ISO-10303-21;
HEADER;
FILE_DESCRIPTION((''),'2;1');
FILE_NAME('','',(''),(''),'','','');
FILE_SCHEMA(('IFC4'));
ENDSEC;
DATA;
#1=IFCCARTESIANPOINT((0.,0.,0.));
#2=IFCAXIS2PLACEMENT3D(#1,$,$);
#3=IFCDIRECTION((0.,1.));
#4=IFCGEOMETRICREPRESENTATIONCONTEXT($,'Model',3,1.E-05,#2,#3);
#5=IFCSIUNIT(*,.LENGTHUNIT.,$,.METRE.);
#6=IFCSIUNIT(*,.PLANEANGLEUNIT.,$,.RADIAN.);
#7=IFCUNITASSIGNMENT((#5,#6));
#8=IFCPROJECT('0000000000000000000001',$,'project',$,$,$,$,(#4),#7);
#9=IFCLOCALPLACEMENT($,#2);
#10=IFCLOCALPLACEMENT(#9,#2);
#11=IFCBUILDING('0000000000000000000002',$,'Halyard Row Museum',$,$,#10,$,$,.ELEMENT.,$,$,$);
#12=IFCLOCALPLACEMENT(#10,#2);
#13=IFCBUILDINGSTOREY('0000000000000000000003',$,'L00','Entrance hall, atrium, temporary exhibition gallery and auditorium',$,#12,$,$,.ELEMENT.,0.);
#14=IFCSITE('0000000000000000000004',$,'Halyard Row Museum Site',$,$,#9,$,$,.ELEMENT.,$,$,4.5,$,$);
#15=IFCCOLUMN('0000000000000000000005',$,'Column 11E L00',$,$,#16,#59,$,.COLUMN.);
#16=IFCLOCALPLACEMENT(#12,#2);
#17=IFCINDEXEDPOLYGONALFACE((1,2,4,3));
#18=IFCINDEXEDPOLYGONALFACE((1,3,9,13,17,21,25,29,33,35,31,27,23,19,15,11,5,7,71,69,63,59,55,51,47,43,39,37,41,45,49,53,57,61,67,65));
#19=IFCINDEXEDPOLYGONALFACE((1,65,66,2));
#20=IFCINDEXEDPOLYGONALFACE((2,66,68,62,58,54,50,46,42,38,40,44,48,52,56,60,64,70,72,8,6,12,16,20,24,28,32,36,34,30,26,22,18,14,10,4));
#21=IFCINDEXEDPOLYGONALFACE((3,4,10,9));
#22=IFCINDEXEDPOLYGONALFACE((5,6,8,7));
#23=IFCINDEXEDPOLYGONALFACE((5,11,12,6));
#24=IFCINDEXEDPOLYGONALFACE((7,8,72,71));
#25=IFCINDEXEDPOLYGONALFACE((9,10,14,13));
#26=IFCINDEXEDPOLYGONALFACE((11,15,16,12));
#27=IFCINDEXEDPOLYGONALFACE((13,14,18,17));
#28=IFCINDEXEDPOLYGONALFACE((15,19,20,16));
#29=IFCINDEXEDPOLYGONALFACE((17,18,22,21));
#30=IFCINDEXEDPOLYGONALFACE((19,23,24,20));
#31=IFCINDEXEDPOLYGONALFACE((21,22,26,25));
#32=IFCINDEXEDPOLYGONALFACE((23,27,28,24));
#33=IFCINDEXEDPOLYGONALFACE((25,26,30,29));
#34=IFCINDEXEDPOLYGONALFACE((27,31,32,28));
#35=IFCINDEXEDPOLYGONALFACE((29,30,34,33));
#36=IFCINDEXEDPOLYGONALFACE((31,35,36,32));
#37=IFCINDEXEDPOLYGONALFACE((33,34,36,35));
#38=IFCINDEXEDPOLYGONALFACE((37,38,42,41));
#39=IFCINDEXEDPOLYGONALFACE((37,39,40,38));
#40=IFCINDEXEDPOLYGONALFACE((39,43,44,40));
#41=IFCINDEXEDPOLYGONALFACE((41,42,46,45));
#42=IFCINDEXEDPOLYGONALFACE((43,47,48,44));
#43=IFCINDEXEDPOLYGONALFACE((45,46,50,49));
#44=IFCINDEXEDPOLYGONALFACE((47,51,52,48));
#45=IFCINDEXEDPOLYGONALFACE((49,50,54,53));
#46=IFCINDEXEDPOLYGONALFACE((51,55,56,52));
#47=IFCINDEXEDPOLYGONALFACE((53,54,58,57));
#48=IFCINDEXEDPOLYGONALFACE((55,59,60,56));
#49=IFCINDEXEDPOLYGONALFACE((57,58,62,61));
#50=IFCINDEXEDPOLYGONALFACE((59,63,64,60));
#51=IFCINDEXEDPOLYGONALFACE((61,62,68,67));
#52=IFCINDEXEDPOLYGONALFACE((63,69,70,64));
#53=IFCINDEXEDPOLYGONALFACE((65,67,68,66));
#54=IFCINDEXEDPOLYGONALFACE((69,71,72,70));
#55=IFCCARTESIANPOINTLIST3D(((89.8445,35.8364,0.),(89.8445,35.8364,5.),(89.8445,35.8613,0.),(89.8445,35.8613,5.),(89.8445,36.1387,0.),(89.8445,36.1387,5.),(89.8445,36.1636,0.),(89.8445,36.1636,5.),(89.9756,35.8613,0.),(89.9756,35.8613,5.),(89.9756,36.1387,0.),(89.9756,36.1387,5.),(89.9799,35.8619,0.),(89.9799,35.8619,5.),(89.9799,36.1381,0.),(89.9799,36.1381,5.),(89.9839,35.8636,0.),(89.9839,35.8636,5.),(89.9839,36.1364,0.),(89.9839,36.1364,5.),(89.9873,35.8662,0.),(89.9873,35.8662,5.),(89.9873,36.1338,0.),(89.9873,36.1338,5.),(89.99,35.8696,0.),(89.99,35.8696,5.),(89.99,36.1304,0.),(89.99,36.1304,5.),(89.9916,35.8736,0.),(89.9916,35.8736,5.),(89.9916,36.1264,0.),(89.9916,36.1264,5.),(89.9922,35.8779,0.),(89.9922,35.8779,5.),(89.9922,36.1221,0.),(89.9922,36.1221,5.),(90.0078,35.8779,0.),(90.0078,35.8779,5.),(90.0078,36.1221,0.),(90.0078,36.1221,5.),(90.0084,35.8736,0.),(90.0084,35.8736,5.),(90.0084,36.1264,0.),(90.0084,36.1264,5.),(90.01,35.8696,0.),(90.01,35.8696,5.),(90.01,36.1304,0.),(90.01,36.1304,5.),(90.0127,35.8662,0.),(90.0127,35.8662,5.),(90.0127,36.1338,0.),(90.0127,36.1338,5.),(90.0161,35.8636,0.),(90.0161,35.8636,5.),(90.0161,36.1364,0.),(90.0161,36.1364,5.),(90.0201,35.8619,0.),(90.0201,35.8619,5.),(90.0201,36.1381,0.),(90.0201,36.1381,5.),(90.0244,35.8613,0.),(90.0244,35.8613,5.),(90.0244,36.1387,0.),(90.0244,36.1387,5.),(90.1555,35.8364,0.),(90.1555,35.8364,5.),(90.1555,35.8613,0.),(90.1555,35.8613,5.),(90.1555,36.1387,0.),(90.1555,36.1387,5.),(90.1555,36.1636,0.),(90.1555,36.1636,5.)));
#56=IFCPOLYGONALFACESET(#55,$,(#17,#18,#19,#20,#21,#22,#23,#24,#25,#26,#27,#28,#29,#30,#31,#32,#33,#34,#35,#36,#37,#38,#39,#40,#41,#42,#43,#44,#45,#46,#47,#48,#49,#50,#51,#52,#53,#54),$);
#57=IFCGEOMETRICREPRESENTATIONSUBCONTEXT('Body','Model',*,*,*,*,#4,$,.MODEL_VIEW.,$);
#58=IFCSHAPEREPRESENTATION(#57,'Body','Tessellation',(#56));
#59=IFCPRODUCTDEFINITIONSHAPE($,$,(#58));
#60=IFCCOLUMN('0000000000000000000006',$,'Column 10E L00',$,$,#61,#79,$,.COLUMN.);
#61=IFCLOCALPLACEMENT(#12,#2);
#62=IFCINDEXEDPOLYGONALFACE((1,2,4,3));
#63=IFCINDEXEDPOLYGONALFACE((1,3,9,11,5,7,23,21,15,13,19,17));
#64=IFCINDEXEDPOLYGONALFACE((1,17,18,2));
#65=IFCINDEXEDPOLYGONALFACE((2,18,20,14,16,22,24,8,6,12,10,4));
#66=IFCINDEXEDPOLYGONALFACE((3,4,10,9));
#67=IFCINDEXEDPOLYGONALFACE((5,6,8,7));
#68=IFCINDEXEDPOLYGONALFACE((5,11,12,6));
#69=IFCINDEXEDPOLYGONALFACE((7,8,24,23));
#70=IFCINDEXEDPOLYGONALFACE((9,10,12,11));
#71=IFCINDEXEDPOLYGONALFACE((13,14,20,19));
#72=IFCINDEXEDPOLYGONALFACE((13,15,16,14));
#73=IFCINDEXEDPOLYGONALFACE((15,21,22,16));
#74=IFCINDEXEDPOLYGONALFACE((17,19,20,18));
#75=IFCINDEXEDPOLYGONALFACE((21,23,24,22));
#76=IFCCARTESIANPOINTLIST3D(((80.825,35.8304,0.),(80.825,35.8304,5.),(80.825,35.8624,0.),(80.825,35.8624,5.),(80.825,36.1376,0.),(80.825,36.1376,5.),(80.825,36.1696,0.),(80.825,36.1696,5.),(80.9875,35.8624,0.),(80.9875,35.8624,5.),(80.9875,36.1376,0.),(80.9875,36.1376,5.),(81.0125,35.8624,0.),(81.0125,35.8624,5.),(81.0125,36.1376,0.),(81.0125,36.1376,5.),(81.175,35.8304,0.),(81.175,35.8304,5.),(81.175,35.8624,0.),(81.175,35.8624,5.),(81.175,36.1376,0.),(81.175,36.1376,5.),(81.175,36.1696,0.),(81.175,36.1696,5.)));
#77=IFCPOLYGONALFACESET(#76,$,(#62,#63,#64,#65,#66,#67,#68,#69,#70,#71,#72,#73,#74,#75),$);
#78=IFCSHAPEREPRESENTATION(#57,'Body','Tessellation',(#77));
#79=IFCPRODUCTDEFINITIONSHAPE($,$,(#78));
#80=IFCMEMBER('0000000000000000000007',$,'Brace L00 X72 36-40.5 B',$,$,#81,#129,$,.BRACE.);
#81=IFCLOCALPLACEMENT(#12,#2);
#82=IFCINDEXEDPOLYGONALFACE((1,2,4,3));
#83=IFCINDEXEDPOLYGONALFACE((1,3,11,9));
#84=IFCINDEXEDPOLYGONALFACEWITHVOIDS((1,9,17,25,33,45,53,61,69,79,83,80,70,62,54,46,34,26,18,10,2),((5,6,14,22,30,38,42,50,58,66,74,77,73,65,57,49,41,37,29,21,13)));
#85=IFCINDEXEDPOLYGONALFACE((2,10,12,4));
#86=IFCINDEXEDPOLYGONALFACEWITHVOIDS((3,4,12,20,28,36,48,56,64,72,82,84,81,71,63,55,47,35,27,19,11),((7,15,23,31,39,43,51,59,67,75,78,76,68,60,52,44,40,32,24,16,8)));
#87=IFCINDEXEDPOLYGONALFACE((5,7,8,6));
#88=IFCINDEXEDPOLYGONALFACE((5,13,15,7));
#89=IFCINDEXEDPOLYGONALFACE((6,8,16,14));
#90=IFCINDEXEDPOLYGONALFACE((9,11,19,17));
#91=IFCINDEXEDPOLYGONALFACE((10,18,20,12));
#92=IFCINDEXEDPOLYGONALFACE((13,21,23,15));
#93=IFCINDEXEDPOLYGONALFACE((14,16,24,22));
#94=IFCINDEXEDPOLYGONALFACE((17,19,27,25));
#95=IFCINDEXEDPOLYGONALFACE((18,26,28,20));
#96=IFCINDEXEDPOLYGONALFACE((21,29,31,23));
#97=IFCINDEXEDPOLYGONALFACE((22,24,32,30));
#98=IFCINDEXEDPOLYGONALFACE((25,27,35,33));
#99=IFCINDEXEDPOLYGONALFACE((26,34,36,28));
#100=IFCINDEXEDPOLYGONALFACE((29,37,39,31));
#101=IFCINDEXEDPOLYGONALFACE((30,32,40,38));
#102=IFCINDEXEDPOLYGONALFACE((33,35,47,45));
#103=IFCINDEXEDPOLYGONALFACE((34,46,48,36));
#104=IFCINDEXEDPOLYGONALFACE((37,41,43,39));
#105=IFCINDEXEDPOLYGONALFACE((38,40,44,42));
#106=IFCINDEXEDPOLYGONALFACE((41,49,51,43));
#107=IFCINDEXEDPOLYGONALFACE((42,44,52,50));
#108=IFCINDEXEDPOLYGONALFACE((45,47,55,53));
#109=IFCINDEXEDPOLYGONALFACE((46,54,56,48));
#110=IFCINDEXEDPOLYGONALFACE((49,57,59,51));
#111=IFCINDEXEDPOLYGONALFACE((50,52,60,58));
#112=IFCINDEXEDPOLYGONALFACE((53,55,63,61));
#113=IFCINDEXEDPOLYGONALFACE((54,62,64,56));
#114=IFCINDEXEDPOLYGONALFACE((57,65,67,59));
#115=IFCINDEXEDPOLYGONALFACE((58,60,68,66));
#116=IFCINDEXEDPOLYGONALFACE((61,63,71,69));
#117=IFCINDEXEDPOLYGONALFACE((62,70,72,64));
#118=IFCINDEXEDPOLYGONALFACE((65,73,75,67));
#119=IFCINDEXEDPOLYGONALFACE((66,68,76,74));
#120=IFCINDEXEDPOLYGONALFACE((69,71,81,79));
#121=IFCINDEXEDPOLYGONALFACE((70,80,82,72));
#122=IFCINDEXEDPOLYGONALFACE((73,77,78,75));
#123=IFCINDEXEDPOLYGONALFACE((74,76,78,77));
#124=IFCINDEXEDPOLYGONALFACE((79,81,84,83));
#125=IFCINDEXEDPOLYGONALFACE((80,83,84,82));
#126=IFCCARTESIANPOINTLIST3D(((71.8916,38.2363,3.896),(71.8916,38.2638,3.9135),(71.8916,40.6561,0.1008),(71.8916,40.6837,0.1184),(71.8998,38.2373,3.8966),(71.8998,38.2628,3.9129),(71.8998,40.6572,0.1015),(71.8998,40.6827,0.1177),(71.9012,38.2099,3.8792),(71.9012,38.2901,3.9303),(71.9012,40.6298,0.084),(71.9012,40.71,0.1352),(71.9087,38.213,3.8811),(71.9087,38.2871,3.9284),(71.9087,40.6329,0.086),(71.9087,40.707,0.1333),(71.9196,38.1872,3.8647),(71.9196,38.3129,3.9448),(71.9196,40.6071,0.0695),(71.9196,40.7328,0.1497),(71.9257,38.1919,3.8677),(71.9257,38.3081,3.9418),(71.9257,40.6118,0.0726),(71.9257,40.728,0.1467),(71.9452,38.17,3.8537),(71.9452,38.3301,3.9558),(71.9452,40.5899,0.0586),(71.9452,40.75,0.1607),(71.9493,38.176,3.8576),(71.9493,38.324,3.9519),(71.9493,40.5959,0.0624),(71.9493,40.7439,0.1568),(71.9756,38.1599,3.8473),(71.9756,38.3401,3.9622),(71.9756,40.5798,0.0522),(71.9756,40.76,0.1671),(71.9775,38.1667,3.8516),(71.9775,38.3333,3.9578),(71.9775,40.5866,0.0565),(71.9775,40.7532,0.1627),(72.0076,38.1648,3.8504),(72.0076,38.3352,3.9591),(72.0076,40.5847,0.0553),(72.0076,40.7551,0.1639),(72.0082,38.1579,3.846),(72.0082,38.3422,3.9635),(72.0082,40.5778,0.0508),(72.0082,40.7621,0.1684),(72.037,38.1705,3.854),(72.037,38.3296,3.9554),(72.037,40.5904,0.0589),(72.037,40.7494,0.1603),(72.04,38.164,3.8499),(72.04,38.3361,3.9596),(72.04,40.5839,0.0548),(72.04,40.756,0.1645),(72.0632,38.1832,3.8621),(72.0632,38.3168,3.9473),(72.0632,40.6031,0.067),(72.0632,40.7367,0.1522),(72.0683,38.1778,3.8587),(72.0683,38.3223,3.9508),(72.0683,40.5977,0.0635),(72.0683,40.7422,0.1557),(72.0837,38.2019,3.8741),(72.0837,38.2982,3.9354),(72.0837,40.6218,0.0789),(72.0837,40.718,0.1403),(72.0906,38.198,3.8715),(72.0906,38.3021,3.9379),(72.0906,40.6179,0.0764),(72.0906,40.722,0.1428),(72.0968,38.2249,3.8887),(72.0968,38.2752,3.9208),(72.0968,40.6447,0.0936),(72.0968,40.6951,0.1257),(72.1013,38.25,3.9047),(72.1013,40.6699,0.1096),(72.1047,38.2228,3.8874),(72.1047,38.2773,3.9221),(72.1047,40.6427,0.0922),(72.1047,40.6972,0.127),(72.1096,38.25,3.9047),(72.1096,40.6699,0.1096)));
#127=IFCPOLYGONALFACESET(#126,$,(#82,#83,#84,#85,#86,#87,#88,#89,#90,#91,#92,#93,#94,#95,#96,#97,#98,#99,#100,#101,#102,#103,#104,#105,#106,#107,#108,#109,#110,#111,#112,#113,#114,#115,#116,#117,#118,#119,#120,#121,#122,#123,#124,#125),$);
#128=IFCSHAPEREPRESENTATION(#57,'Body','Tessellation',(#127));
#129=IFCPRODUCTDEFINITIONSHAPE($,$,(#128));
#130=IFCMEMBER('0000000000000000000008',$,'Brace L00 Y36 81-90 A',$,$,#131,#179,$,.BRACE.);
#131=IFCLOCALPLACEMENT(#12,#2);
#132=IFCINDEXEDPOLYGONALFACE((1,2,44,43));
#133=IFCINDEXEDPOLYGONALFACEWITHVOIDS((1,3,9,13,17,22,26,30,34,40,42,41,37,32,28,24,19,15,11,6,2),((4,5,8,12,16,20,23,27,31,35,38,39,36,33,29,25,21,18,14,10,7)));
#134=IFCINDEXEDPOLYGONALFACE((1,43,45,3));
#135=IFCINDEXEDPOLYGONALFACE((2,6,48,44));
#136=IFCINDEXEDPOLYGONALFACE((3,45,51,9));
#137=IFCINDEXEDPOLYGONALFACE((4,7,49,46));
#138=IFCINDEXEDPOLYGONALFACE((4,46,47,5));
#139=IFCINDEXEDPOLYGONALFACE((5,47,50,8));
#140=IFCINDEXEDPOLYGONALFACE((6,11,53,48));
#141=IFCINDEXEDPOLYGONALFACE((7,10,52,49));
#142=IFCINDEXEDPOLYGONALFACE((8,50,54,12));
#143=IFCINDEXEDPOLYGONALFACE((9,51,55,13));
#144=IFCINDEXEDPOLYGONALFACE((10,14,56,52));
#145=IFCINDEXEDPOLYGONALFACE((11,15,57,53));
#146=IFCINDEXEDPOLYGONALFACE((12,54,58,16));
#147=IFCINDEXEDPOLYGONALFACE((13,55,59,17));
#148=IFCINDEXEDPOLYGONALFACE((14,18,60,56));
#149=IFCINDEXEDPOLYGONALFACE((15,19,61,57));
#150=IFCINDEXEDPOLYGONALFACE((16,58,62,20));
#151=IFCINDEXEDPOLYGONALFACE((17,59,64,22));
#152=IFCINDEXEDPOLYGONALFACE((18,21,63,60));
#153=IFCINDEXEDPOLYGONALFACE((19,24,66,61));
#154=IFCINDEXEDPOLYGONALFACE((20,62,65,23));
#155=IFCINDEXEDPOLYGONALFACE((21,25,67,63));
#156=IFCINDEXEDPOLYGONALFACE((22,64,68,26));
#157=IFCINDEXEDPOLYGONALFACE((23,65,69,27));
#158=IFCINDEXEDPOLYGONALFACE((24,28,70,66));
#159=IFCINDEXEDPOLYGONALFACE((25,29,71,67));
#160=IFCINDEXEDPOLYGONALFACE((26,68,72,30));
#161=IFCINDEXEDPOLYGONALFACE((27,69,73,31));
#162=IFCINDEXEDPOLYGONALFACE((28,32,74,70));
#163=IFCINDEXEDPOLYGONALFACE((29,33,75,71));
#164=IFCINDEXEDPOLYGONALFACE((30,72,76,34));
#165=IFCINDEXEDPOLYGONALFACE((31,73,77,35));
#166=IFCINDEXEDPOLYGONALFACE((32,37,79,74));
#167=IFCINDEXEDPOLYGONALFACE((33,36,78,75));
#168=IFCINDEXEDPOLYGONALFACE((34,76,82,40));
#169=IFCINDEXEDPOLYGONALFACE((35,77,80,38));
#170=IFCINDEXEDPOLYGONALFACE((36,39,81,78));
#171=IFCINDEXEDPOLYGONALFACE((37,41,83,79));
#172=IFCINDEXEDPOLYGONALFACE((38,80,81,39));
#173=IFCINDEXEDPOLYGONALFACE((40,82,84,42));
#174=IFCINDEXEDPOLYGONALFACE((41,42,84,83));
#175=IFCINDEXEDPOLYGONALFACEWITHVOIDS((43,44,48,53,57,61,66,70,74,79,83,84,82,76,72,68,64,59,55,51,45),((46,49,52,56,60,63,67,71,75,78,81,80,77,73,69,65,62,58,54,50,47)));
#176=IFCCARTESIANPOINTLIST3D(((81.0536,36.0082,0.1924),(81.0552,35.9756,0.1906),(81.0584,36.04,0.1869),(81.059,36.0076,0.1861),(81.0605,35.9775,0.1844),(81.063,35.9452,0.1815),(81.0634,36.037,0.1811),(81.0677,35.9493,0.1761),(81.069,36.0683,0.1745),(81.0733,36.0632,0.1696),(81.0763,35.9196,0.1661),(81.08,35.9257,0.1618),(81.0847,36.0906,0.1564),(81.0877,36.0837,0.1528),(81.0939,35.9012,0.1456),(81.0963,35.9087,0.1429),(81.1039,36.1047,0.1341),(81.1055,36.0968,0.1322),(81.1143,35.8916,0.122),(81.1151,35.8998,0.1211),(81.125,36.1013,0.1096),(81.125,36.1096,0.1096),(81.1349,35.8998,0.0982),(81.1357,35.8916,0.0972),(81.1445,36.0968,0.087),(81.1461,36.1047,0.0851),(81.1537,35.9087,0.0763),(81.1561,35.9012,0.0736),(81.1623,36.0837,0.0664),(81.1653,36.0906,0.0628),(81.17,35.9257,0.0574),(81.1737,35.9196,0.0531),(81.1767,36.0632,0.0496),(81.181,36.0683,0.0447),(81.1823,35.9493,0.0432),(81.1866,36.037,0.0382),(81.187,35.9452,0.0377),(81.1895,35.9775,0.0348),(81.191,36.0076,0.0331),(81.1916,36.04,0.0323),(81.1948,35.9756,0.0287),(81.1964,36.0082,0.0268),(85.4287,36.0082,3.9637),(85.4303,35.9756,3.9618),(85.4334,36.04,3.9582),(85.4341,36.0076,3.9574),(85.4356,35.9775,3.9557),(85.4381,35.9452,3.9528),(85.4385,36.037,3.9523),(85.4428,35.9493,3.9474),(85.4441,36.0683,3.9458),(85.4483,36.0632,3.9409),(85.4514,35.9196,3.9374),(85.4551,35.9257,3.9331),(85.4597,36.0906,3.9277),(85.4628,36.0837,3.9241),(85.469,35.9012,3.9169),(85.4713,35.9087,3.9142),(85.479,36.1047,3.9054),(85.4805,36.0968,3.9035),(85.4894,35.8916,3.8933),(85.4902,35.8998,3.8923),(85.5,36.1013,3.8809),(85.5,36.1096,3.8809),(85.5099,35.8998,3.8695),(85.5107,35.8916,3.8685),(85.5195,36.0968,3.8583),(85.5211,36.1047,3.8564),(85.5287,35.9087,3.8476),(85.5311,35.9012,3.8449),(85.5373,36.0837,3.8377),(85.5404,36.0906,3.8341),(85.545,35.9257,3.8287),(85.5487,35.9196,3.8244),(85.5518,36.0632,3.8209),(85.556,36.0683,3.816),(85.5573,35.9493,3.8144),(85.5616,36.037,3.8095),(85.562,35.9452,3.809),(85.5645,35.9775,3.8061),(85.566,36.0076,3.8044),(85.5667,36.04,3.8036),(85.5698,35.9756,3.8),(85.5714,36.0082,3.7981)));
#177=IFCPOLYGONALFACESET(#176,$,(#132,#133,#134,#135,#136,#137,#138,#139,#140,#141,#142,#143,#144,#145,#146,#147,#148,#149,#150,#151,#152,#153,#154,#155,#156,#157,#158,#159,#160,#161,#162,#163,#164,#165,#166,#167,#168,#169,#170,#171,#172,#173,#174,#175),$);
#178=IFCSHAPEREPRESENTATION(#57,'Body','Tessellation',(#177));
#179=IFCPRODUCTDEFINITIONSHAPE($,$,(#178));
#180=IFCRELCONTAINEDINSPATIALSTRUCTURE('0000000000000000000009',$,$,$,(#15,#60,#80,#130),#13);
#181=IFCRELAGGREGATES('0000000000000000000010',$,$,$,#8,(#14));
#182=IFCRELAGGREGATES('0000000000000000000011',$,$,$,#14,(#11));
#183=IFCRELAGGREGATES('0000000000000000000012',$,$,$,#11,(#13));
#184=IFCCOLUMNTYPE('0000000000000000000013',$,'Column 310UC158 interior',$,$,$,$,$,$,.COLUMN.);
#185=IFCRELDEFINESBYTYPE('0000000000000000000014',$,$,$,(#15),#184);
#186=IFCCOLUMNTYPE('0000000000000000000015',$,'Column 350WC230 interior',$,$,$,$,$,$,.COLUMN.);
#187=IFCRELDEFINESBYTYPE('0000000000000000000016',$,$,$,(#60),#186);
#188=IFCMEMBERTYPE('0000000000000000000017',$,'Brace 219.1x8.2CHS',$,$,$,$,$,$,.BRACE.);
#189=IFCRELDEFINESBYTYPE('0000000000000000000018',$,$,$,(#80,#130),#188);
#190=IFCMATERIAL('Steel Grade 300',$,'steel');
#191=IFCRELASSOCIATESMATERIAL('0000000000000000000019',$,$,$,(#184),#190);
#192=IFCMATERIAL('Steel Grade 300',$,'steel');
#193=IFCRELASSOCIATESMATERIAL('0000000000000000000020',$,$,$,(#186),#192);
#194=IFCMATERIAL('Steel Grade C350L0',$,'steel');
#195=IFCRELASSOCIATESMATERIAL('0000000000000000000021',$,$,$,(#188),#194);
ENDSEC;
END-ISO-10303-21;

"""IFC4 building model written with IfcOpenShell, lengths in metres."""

from ifc_helpers import new_model, si_unit, direction, frame, origin, origin_2d, place, context, subcontext, project, spatial, hollow_circle, i_section, extrude, material, material_profile, profile_set, type_object, element, save


model = new_model("IFC4")

# Units and contexts
model_context = context("Model", 3, precision=1e-05, world=origin(), true_north=direction((0.0, 1.0)))
body_context = subcontext(model_context, "Body", "Model", "MODEL_VIEW")
ifc_project = project(units=[si_unit("LENGTHUNIT", "METRE"), si_unit("PLANEANGLEUNIT", "RADIAN")], contexts=[model_context])

# Site, building, storey
site_placement = place(None, origin())
site = spatial("IfcSite", under=ifc_project, at=site_placement, Name="Halyard Row Museum Site", CompositionType="ELEMENT", RefElevation=4.5)
building_placement = place(site_placement, origin())
building = spatial("IfcBuilding", under=site, at=building_placement, Name="Halyard Row Museum", CompositionType="ELEMENT")
storey_placement = place(building_placement, origin())
storey = spatial("IfcBuildingStorey", under=building, at=storey_placement, Name="L00", Description="Entrance hall, atrium, temporary exhibition gallery and auditorium", CompositionType="ELEMENT", Elevation=0.0)

# Columns
ifc_material_1 = material(Name="Steel Grade 300", Category="steel")
ifc_material_profile_1 = material_profile(ifc_material_1, i_section(OverallWidth=0.311, OverallDepth=0.3271, WebThickness=0.0156, FlangeThickness=0.0249, FilletRadius=0.0166, at=origin_2d()), Name="310UC158")
ifc_profile_set_1 = profile_set([ifc_material_profile_1], Name="Steel Grade 300")
column_type_1 = type_object("IfcColumnType", Name="Column 310UC158 interior", PredefinedType="COLUMN", material=ifc_profile_set_1)
column_1_placement = place(storey_placement, frame((90.0, 36.0, 0.0), z_axis=(0.0, 0.0, 1.0), x_axis=(1.0, 0.0, 0.0)))
element("IfcColumn", 1, at=column_1_placement, inside=storey, type_object=column_type_1, Name="Column 11E L00", PredefinedType="COLUMN", context=body_context, shape_type="SweptSolid", body=[
    extrude(i_section(OverallWidth=0.311, OverallDepth=0.3271, WebThickness=0.0156, FlangeThickness=0.0249, FilletRadius=0.0166, at=origin_2d()), origin(), (0.0, 0.0, 1.0), 5.0),
])
ifc_material_2 = material(Name="Steel Grade 300", Category="steel")
ifc_material_profile_2 = material_profile(ifc_material_2, i_section(OverallWidth=0.3501, OverallDepth=0.3391, WebThickness=0.0249, FlangeThickness=0.032, at=origin_2d()), Name="350WC230")
ifc_profile_set_2 = profile_set([ifc_material_profile_2], Name="Steel Grade 300")
column_type_2 = type_object("IfcColumnType", Name="Column 350WC230 interior", PredefinedType="COLUMN", material=ifc_profile_set_2)
column_2_placement = place(storey_placement, frame((81.0, 36.0, 0.0), z_axis=(0.0, 0.0, 1.0), x_axis=(1.0, 0.0, 0.0)))
element("IfcColumn", 2, at=column_2_placement, inside=storey, type_object=column_type_2, Name="Column 10E L00", PredefinedType="COLUMN", context=body_context, shape_type="SweptSolid", body=[
    extrude(i_section(OverallWidth=0.3501, OverallDepth=0.3391, WebThickness=0.0249, FlangeThickness=0.032, at=origin_2d()), origin(), (0.0, 0.0, 1.0), 5.0),
])

# Members
ifc_material_3 = material(Name="Steel Grade C350L0", Category="steel")
ifc_material_profile_3 = material_profile(ifc_material_3, hollow_circle(Radius=0.1096, WallThickness=0.0083, at=origin_2d()), Name="219.1x8.2CHS")
ifc_profile_set_3 = profile_set([ifc_material_profile_3], Name="Steel Grade C350L0")
member_type = type_object("IfcMemberType", Name="Brace 219.1x8.2CHS", PredefinedType="BRACE", material=ifc_profile_set_3)
member_1_placement = place(storey_placement, frame((72.0, 40.6699, 0.1096), z_axis=(0.0, -0.537637, 0.843176), x_axis=(1.0, 0.0, 0.0)))
element("IfcMember", 3, at=member_1_placement, inside=storey, type_object=member_type, Name="Brace L00 X72 36-40.5 B", PredefinedType="BRACE", context=body_context, shape_type="SweptSolid", body=[
    extrude(hollow_circle(Radius=0.1096, WallThickness=0.0083, at=origin_2d()), origin(), (0.0, 0.0, 1.0), 4.501),
])
member_2_placement = place(storey_placement, frame((81.125, 36.0, 0.1096), z_axis=(0.757437, 0.0, 0.652909), x_axis=(0.0, 1.0, 0.0)))
element("IfcMember", 4, at=member_2_placement, inside=storey, type_object=member_type, Name="Brace L00 Y36 81-90 A", PredefinedType="BRACE", context=body_context, shape_type="SweptSolid", body=[
    extrude(hollow_circle(Radius=0.1096, WallThickness=0.0083, at=origin_2d()), origin(), (0.0, 0.0, 1.0), 5.7761),
])

save(model, "model.ifc")
